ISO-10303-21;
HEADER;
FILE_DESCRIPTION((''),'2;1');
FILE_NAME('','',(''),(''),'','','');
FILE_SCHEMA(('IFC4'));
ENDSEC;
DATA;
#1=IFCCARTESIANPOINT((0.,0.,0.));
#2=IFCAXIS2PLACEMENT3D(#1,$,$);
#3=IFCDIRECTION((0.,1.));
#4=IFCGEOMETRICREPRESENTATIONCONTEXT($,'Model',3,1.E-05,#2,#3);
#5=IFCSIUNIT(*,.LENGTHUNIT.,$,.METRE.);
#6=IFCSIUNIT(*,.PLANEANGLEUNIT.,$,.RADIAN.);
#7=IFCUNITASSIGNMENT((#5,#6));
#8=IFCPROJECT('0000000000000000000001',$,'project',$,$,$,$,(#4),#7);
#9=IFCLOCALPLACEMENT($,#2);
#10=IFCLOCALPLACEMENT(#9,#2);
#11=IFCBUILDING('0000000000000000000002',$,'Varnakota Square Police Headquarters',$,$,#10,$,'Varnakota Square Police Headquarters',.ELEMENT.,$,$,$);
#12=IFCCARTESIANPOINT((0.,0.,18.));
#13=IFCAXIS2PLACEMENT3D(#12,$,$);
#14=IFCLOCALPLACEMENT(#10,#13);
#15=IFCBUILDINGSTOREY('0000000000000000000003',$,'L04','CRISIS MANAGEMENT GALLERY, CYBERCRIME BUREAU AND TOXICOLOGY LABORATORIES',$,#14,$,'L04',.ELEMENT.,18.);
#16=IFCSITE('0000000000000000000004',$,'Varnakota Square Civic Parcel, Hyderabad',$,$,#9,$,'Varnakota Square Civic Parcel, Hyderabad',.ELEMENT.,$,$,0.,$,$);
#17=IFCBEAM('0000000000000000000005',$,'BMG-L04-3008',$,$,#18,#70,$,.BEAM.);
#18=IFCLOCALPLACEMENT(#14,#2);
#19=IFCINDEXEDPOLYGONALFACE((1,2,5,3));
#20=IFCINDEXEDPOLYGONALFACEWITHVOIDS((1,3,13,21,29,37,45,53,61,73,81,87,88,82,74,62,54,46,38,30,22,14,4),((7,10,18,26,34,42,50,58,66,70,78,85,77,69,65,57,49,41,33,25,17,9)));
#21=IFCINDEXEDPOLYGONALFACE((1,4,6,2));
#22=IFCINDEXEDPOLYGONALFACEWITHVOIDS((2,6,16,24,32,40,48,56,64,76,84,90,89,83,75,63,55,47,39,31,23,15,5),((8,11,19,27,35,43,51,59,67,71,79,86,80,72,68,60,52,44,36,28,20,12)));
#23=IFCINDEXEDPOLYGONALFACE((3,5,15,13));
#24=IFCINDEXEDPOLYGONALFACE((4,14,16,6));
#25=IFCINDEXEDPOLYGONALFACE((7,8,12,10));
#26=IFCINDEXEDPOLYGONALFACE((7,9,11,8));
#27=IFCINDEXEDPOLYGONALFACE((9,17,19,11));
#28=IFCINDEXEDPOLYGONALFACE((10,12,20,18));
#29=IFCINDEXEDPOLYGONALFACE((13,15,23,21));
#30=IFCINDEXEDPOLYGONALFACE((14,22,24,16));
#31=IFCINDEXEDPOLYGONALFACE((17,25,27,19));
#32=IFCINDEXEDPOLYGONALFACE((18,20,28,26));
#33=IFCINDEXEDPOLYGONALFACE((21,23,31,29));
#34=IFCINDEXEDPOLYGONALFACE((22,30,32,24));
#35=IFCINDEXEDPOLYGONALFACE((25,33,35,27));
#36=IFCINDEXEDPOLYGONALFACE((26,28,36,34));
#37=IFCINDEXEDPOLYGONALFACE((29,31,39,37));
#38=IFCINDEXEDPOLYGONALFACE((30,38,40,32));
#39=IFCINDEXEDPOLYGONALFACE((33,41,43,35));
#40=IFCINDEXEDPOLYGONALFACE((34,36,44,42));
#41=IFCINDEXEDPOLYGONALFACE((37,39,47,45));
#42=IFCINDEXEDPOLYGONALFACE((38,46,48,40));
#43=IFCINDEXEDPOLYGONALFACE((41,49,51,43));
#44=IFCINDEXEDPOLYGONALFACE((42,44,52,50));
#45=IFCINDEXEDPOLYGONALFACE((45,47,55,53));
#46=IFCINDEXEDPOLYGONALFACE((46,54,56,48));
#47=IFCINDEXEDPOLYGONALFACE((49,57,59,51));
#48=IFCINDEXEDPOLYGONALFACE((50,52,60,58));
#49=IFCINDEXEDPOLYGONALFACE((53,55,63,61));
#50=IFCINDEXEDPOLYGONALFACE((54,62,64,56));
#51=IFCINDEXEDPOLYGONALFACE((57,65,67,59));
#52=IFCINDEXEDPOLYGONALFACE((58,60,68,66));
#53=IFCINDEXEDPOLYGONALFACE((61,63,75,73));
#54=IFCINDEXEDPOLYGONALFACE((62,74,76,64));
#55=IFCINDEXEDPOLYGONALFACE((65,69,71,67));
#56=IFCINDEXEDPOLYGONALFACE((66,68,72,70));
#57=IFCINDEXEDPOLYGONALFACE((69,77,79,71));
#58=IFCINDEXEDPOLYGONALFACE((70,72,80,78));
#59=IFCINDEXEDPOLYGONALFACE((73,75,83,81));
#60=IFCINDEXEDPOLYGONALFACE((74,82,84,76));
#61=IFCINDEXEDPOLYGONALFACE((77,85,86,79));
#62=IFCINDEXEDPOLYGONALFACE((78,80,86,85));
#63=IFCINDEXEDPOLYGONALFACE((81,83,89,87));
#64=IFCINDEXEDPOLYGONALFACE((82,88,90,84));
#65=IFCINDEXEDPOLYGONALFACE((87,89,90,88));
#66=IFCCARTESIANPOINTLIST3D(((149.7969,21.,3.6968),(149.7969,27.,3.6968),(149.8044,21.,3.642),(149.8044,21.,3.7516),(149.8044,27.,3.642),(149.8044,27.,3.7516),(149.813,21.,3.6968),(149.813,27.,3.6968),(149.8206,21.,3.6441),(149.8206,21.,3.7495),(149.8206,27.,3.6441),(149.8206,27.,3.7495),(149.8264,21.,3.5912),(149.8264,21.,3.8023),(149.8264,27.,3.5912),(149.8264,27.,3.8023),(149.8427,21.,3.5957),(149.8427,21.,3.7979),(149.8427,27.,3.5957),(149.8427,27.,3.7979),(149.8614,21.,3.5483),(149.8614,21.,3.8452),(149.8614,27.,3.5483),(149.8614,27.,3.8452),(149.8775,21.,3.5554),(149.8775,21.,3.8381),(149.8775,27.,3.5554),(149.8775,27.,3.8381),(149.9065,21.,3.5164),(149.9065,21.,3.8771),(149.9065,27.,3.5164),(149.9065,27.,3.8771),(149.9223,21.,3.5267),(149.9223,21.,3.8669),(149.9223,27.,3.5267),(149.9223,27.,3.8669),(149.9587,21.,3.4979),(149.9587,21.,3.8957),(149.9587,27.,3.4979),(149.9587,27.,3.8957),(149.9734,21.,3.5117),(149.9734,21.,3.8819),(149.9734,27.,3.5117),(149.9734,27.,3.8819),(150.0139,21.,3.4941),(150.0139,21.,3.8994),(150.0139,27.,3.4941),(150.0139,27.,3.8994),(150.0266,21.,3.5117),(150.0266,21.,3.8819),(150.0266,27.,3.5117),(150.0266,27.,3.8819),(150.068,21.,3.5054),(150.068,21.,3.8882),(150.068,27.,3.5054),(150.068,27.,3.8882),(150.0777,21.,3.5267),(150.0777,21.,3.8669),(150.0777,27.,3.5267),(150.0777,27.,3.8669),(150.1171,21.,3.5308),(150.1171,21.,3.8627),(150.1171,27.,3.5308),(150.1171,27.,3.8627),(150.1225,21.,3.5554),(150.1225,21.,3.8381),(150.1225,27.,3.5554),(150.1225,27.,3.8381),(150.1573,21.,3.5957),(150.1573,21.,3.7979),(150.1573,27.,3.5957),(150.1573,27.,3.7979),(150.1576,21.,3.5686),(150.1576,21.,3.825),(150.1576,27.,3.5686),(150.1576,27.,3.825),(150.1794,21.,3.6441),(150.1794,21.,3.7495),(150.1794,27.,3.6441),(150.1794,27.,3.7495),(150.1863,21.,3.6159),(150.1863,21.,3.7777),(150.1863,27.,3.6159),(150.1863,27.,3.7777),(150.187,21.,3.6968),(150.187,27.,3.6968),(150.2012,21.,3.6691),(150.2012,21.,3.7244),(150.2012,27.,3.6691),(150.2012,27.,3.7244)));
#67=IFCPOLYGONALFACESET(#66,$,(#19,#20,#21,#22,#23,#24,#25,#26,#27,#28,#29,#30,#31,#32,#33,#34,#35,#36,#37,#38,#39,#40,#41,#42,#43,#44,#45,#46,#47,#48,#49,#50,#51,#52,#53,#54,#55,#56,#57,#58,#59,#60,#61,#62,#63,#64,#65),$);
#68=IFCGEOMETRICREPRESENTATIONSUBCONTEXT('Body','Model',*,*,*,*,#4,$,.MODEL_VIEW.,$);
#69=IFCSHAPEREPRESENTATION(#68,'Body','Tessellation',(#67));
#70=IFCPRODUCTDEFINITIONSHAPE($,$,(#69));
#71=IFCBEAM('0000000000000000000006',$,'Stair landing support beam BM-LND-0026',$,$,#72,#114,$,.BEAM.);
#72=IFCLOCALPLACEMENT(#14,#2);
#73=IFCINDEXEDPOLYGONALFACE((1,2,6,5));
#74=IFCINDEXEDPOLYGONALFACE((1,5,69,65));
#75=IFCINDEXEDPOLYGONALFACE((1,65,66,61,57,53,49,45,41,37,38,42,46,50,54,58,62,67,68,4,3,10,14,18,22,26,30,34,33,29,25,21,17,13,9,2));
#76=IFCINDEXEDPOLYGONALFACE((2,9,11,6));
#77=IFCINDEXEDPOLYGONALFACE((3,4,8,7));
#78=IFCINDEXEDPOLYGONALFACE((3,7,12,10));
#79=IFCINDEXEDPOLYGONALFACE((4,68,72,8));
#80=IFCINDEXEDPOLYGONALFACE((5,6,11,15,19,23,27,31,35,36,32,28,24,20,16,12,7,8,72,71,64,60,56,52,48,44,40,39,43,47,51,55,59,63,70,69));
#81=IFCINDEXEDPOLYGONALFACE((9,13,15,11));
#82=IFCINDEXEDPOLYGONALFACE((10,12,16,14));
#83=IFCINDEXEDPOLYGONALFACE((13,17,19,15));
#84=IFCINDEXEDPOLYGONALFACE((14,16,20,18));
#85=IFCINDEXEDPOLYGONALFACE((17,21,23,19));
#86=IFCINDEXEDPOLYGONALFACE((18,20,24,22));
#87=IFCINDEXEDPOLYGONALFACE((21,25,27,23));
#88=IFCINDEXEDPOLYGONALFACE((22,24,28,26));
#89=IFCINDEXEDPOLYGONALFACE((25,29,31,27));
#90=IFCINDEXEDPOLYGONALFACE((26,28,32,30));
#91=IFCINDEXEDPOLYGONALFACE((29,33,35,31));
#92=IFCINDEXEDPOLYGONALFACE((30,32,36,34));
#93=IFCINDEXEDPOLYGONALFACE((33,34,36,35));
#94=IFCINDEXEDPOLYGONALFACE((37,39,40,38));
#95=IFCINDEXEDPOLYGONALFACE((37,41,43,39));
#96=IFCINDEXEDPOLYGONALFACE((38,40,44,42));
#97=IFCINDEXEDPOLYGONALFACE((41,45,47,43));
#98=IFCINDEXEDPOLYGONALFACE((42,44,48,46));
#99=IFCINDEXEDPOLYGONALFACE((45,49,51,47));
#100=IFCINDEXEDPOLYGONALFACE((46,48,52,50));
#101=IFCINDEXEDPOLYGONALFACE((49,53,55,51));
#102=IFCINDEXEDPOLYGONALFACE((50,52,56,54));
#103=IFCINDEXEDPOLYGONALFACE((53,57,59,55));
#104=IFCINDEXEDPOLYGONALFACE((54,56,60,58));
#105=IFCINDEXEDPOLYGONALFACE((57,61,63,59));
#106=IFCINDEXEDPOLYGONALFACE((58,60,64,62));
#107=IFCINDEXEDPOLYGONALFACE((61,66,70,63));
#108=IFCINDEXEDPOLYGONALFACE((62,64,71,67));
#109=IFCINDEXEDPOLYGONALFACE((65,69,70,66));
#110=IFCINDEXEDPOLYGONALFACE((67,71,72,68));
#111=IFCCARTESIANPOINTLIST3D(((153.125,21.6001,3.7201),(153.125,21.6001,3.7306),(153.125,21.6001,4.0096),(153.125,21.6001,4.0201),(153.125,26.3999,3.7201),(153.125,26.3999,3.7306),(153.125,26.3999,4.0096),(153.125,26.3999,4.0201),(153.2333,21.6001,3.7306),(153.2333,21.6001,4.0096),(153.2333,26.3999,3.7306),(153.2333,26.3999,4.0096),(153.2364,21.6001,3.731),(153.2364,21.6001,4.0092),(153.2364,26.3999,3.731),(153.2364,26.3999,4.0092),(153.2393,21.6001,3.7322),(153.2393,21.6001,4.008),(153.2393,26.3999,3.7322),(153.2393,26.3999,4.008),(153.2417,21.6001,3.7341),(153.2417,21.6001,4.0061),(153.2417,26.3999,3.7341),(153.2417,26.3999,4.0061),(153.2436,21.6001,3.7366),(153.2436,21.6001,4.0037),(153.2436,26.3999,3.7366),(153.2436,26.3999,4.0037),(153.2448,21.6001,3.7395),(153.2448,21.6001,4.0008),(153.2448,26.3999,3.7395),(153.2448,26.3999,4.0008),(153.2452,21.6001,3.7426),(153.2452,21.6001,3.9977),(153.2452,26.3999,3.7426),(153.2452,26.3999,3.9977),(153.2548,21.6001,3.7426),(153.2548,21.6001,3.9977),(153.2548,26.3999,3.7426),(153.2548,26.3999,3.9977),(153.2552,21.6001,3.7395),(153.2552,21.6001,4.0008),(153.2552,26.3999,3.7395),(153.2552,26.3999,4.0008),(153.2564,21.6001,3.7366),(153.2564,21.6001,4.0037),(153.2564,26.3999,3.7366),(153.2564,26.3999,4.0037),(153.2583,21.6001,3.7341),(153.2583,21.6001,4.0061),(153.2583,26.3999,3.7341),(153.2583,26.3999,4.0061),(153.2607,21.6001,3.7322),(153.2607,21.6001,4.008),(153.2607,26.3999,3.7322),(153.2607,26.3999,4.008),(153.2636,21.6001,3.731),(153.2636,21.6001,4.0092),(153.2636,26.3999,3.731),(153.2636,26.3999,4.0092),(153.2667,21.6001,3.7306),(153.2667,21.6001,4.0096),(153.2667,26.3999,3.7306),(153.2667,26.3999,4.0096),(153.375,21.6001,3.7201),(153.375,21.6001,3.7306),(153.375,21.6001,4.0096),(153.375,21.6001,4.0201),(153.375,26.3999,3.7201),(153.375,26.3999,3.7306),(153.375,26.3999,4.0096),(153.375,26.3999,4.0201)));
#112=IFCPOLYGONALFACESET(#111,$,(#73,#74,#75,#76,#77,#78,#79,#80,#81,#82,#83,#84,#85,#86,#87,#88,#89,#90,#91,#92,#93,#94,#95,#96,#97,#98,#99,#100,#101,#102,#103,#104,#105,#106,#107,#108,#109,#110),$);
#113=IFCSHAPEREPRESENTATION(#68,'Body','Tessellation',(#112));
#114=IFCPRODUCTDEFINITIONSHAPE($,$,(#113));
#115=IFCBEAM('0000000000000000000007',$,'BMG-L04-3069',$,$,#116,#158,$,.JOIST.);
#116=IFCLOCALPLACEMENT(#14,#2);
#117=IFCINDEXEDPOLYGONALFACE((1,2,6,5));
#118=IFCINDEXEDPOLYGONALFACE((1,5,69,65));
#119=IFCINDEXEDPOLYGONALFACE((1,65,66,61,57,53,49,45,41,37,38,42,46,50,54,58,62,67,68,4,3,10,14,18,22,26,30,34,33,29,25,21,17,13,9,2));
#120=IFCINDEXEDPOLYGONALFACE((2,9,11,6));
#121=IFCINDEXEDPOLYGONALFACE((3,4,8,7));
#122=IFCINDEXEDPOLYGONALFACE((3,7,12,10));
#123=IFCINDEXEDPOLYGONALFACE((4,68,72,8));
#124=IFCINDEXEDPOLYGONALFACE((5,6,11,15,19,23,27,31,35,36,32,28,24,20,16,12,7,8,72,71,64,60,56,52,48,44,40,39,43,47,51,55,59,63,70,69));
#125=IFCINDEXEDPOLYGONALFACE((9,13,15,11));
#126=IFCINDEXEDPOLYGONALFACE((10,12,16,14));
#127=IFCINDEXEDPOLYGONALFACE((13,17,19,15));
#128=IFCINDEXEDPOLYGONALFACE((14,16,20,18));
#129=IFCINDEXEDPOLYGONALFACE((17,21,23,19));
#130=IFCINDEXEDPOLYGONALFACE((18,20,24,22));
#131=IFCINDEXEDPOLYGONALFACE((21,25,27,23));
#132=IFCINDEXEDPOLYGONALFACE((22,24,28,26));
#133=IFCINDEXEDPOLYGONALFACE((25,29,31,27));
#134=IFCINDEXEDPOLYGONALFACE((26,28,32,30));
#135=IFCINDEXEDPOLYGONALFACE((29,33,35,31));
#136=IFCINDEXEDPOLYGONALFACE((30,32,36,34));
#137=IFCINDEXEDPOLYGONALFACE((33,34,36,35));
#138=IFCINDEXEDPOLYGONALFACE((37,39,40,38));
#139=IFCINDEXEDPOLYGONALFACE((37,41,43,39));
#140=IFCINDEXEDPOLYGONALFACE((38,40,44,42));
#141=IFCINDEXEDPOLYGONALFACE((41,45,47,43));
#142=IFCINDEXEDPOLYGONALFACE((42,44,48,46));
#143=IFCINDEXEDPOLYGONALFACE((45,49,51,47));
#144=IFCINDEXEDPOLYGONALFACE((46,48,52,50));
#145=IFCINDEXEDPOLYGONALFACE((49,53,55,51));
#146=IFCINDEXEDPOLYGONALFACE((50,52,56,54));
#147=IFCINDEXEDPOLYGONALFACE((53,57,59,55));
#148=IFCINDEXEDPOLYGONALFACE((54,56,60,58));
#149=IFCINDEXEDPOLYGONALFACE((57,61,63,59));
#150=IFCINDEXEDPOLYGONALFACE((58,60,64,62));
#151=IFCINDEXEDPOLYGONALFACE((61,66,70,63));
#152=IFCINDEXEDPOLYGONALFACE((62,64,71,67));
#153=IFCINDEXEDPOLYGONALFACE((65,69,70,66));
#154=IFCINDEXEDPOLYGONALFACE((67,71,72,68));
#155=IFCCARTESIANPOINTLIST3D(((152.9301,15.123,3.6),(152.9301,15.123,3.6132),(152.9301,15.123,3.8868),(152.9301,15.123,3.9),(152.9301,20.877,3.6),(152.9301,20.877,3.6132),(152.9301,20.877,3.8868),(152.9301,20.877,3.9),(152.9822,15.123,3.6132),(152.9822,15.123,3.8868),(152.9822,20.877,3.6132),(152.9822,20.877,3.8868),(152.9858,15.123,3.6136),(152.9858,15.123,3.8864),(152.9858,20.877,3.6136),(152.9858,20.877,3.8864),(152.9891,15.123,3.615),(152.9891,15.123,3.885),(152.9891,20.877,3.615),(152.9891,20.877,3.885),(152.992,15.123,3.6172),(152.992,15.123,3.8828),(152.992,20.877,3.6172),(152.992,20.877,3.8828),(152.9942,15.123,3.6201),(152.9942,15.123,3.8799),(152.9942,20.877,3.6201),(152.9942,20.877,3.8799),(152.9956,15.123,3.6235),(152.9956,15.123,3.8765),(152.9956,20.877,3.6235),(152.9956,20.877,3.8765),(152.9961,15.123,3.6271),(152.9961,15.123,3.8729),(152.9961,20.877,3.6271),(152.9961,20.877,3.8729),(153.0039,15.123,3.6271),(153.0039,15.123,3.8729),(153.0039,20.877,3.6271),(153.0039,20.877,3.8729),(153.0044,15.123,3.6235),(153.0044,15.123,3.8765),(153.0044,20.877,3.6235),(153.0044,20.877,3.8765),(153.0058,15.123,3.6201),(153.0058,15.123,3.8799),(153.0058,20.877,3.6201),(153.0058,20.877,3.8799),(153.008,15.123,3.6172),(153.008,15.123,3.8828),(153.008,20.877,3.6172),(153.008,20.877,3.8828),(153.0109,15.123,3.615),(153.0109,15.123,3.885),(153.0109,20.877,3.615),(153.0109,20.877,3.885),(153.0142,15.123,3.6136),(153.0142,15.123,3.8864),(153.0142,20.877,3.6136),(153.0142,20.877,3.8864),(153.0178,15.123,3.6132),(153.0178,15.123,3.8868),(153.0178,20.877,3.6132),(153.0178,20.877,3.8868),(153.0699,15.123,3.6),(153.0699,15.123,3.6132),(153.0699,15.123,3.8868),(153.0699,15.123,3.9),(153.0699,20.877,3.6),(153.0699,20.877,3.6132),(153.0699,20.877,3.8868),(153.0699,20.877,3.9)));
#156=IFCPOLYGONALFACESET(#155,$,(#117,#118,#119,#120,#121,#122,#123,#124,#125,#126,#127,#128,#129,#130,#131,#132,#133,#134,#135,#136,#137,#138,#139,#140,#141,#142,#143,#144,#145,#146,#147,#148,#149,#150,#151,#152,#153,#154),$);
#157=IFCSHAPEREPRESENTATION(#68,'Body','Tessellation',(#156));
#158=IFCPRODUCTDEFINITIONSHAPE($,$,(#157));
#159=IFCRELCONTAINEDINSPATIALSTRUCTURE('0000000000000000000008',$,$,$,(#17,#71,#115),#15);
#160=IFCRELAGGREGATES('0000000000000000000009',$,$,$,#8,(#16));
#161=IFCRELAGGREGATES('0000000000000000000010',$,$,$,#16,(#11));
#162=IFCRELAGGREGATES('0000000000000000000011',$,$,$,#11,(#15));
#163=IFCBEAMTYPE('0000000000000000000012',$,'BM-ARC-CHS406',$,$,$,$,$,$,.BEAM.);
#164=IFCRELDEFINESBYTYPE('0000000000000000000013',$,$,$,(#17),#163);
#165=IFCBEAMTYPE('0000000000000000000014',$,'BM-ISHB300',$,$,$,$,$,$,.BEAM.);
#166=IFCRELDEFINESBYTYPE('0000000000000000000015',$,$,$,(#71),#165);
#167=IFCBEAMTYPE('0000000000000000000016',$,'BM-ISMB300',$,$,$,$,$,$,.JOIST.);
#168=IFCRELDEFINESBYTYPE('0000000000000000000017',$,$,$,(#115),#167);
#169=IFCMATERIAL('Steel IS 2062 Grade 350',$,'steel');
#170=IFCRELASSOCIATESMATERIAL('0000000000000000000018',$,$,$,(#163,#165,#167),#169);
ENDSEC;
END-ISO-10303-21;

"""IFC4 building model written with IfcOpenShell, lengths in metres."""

from ifc_helpers import new_model, si_unit, direction, frame, origin, origin_2d, place, context, subcontext, project, spatial, hollow_circle, i_section, extrude, material, material_profile, profile_set, type_object, element, save


model = new_model("IFC4")

# Units and contexts
model_context = context("Model", 3, precision=1e-05, world=origin(), true_north=direction((0.0, 1.0)))
body_context = subcontext(model_context, "Body", "Model", "MODEL_VIEW")
ifc_project = project(units=[si_unit("LENGTHUNIT", "METRE"), si_unit("PLANEANGLEUNIT", "RADIAN")], contexts=[model_context])

# Site, building, storey
site_placement = place(None, origin())
site = spatial("IfcSite", under=ifc_project, at=site_placement, Name="Varnakota Square Civic Parcel, Hyderabad", LongName="Varnakota Square Civic Parcel, Hyderabad", CompositionType="ELEMENT", RefElevation=0.0)
building_placement = place(site_placement, origin())
building = spatial("IfcBuilding", under=site, at=building_placement, Name="Varnakota Square Police Headquarters", LongName="Varnakota Square Police Headquarters", CompositionType="ELEMENT")
storey_placement = place(building_placement, frame((0.0, 0.0, 18.0)))
storey = spatial("IfcBuildingStorey", under=building, at=storey_placement, Name="L04", Description="CRISIS MANAGEMENT GALLERY, CYBERCRIME BUREAU AND TOXICOLOGY LABORATORIES", LongName="L04", CompositionType="ELEMENT", Elevation=18.0)

# Shared definitions
ifc_material_1 = material(Name="Steel IS 2062 Grade 350", Category="steel")

# Beams
ifc_material_profile_1 = material_profile(ifc_material_1, hollow_circle(Radius=0.2031, WallThickness=0.0161, at=origin_2d()), Name="CHS 406.4x16.0")
ifc_profile_set_1 = profile_set([ifc_material_profile_1], Name="Steel IS 2062 Grade 350")
beam_type_1 = type_object("IfcBeamType", Name="BM-ARC-CHS406", PredefinedType="BEAM", material=ifc_profile_set_1)
beam_1_placement = place(storey_placement, frame((150.0, 21.0, 3.6968), z_axis=(0.0, 1.0, 0.0), x_axis=(-1.0, 0.0, 0.0)))
element("IfcBeam", 1, at=beam_1_placement, inside=storey, type_object=beam_type_1, Name="BMG-L04-3008", PredefinedType="BEAM", context=body_context, shape_type="SweptSolid", body=[
    extrude(hollow_circle(Radius=0.2031, WallThickness=0.0161, at=origin_2d()), origin(), (0.0, 0.0, 1.0), 6.0),
])
ifc_material_profile_2 = material_profile(ifc_material_1, i_section(OverallWidth=0.25, OverallDepth=0.3, WebThickness=0.0095, FlangeThickness=0.0105, FilletRadius=0.012, at=origin_2d()), Name="ISHB 300")
ifc_profile_set_2 = profile_set([ifc_material_profile_2], Name="Steel IS 2062 Grade 350")
beam_type_2 = type_object("IfcBeamType", Name="BM-ISHB300", PredefinedType="BEAM", material=ifc_profile_set_2)
beam_2_placement = place(storey_placement, frame((153.25, 21.6001, 3.8701), z_axis=(0.0, 1.0, 0.0), x_axis=(-1.0, 0.0, 0.0)))
element("IfcBeam", 2, at=beam_2_placement, inside=storey, type_object=beam_type_2, Name="Stair landing support beam BM-LND-0026", PredefinedType="BEAM", context=body_context, shape_type="SweptSolid", body=[
    extrude(i_section(OverallWidth=0.25, OverallDepth=0.3, WebThickness=0.0095, FlangeThickness=0.0105, FilletRadius=0.012, at=origin_2d()), origin(), (0.0, 0.0, 1.0), 4.7998),
])
ifc_material_profile_3 = material_profile(ifc_material_1, i_section(OverallWidth=0.1399, OverallDepth=0.3, WebThickness=0.0078, FlangeThickness=0.0132, FilletRadius=0.0139, at=origin_2d()), Name="ISMB 300")
ifc_profile_set_3 = profile_set([ifc_material_profile_3], Name="Steel IS 2062 Grade 350")
beam_type_3 = type_object("IfcBeamType", Name="BM-ISMB300", PredefinedType="JOIST", material=ifc_profile_set_3)
beam_3_placement = place(storey_placement, frame((153.0, 15.123, 3.75), z_axis=(0.0, 1.0, 0.0), x_axis=(-1.0, 0.0, 0.0)))
element("IfcBeam", 3, at=beam_3_placement, inside=storey, type_object=beam_type_3, Name="BMG-L04-3069", PredefinedType="JOIST", context=body_context, shape_type="SweptSolid", body=[
    extrude(i_section(OverallWidth=0.1399, OverallDepth=0.3, WebThickness=0.0078, FlangeThickness=0.0132, FilletRadius=0.0139, at=origin_2d()), origin(), (0.0, 0.0, 1.0), 5.7539),
])

save(model, "model.ifc")
